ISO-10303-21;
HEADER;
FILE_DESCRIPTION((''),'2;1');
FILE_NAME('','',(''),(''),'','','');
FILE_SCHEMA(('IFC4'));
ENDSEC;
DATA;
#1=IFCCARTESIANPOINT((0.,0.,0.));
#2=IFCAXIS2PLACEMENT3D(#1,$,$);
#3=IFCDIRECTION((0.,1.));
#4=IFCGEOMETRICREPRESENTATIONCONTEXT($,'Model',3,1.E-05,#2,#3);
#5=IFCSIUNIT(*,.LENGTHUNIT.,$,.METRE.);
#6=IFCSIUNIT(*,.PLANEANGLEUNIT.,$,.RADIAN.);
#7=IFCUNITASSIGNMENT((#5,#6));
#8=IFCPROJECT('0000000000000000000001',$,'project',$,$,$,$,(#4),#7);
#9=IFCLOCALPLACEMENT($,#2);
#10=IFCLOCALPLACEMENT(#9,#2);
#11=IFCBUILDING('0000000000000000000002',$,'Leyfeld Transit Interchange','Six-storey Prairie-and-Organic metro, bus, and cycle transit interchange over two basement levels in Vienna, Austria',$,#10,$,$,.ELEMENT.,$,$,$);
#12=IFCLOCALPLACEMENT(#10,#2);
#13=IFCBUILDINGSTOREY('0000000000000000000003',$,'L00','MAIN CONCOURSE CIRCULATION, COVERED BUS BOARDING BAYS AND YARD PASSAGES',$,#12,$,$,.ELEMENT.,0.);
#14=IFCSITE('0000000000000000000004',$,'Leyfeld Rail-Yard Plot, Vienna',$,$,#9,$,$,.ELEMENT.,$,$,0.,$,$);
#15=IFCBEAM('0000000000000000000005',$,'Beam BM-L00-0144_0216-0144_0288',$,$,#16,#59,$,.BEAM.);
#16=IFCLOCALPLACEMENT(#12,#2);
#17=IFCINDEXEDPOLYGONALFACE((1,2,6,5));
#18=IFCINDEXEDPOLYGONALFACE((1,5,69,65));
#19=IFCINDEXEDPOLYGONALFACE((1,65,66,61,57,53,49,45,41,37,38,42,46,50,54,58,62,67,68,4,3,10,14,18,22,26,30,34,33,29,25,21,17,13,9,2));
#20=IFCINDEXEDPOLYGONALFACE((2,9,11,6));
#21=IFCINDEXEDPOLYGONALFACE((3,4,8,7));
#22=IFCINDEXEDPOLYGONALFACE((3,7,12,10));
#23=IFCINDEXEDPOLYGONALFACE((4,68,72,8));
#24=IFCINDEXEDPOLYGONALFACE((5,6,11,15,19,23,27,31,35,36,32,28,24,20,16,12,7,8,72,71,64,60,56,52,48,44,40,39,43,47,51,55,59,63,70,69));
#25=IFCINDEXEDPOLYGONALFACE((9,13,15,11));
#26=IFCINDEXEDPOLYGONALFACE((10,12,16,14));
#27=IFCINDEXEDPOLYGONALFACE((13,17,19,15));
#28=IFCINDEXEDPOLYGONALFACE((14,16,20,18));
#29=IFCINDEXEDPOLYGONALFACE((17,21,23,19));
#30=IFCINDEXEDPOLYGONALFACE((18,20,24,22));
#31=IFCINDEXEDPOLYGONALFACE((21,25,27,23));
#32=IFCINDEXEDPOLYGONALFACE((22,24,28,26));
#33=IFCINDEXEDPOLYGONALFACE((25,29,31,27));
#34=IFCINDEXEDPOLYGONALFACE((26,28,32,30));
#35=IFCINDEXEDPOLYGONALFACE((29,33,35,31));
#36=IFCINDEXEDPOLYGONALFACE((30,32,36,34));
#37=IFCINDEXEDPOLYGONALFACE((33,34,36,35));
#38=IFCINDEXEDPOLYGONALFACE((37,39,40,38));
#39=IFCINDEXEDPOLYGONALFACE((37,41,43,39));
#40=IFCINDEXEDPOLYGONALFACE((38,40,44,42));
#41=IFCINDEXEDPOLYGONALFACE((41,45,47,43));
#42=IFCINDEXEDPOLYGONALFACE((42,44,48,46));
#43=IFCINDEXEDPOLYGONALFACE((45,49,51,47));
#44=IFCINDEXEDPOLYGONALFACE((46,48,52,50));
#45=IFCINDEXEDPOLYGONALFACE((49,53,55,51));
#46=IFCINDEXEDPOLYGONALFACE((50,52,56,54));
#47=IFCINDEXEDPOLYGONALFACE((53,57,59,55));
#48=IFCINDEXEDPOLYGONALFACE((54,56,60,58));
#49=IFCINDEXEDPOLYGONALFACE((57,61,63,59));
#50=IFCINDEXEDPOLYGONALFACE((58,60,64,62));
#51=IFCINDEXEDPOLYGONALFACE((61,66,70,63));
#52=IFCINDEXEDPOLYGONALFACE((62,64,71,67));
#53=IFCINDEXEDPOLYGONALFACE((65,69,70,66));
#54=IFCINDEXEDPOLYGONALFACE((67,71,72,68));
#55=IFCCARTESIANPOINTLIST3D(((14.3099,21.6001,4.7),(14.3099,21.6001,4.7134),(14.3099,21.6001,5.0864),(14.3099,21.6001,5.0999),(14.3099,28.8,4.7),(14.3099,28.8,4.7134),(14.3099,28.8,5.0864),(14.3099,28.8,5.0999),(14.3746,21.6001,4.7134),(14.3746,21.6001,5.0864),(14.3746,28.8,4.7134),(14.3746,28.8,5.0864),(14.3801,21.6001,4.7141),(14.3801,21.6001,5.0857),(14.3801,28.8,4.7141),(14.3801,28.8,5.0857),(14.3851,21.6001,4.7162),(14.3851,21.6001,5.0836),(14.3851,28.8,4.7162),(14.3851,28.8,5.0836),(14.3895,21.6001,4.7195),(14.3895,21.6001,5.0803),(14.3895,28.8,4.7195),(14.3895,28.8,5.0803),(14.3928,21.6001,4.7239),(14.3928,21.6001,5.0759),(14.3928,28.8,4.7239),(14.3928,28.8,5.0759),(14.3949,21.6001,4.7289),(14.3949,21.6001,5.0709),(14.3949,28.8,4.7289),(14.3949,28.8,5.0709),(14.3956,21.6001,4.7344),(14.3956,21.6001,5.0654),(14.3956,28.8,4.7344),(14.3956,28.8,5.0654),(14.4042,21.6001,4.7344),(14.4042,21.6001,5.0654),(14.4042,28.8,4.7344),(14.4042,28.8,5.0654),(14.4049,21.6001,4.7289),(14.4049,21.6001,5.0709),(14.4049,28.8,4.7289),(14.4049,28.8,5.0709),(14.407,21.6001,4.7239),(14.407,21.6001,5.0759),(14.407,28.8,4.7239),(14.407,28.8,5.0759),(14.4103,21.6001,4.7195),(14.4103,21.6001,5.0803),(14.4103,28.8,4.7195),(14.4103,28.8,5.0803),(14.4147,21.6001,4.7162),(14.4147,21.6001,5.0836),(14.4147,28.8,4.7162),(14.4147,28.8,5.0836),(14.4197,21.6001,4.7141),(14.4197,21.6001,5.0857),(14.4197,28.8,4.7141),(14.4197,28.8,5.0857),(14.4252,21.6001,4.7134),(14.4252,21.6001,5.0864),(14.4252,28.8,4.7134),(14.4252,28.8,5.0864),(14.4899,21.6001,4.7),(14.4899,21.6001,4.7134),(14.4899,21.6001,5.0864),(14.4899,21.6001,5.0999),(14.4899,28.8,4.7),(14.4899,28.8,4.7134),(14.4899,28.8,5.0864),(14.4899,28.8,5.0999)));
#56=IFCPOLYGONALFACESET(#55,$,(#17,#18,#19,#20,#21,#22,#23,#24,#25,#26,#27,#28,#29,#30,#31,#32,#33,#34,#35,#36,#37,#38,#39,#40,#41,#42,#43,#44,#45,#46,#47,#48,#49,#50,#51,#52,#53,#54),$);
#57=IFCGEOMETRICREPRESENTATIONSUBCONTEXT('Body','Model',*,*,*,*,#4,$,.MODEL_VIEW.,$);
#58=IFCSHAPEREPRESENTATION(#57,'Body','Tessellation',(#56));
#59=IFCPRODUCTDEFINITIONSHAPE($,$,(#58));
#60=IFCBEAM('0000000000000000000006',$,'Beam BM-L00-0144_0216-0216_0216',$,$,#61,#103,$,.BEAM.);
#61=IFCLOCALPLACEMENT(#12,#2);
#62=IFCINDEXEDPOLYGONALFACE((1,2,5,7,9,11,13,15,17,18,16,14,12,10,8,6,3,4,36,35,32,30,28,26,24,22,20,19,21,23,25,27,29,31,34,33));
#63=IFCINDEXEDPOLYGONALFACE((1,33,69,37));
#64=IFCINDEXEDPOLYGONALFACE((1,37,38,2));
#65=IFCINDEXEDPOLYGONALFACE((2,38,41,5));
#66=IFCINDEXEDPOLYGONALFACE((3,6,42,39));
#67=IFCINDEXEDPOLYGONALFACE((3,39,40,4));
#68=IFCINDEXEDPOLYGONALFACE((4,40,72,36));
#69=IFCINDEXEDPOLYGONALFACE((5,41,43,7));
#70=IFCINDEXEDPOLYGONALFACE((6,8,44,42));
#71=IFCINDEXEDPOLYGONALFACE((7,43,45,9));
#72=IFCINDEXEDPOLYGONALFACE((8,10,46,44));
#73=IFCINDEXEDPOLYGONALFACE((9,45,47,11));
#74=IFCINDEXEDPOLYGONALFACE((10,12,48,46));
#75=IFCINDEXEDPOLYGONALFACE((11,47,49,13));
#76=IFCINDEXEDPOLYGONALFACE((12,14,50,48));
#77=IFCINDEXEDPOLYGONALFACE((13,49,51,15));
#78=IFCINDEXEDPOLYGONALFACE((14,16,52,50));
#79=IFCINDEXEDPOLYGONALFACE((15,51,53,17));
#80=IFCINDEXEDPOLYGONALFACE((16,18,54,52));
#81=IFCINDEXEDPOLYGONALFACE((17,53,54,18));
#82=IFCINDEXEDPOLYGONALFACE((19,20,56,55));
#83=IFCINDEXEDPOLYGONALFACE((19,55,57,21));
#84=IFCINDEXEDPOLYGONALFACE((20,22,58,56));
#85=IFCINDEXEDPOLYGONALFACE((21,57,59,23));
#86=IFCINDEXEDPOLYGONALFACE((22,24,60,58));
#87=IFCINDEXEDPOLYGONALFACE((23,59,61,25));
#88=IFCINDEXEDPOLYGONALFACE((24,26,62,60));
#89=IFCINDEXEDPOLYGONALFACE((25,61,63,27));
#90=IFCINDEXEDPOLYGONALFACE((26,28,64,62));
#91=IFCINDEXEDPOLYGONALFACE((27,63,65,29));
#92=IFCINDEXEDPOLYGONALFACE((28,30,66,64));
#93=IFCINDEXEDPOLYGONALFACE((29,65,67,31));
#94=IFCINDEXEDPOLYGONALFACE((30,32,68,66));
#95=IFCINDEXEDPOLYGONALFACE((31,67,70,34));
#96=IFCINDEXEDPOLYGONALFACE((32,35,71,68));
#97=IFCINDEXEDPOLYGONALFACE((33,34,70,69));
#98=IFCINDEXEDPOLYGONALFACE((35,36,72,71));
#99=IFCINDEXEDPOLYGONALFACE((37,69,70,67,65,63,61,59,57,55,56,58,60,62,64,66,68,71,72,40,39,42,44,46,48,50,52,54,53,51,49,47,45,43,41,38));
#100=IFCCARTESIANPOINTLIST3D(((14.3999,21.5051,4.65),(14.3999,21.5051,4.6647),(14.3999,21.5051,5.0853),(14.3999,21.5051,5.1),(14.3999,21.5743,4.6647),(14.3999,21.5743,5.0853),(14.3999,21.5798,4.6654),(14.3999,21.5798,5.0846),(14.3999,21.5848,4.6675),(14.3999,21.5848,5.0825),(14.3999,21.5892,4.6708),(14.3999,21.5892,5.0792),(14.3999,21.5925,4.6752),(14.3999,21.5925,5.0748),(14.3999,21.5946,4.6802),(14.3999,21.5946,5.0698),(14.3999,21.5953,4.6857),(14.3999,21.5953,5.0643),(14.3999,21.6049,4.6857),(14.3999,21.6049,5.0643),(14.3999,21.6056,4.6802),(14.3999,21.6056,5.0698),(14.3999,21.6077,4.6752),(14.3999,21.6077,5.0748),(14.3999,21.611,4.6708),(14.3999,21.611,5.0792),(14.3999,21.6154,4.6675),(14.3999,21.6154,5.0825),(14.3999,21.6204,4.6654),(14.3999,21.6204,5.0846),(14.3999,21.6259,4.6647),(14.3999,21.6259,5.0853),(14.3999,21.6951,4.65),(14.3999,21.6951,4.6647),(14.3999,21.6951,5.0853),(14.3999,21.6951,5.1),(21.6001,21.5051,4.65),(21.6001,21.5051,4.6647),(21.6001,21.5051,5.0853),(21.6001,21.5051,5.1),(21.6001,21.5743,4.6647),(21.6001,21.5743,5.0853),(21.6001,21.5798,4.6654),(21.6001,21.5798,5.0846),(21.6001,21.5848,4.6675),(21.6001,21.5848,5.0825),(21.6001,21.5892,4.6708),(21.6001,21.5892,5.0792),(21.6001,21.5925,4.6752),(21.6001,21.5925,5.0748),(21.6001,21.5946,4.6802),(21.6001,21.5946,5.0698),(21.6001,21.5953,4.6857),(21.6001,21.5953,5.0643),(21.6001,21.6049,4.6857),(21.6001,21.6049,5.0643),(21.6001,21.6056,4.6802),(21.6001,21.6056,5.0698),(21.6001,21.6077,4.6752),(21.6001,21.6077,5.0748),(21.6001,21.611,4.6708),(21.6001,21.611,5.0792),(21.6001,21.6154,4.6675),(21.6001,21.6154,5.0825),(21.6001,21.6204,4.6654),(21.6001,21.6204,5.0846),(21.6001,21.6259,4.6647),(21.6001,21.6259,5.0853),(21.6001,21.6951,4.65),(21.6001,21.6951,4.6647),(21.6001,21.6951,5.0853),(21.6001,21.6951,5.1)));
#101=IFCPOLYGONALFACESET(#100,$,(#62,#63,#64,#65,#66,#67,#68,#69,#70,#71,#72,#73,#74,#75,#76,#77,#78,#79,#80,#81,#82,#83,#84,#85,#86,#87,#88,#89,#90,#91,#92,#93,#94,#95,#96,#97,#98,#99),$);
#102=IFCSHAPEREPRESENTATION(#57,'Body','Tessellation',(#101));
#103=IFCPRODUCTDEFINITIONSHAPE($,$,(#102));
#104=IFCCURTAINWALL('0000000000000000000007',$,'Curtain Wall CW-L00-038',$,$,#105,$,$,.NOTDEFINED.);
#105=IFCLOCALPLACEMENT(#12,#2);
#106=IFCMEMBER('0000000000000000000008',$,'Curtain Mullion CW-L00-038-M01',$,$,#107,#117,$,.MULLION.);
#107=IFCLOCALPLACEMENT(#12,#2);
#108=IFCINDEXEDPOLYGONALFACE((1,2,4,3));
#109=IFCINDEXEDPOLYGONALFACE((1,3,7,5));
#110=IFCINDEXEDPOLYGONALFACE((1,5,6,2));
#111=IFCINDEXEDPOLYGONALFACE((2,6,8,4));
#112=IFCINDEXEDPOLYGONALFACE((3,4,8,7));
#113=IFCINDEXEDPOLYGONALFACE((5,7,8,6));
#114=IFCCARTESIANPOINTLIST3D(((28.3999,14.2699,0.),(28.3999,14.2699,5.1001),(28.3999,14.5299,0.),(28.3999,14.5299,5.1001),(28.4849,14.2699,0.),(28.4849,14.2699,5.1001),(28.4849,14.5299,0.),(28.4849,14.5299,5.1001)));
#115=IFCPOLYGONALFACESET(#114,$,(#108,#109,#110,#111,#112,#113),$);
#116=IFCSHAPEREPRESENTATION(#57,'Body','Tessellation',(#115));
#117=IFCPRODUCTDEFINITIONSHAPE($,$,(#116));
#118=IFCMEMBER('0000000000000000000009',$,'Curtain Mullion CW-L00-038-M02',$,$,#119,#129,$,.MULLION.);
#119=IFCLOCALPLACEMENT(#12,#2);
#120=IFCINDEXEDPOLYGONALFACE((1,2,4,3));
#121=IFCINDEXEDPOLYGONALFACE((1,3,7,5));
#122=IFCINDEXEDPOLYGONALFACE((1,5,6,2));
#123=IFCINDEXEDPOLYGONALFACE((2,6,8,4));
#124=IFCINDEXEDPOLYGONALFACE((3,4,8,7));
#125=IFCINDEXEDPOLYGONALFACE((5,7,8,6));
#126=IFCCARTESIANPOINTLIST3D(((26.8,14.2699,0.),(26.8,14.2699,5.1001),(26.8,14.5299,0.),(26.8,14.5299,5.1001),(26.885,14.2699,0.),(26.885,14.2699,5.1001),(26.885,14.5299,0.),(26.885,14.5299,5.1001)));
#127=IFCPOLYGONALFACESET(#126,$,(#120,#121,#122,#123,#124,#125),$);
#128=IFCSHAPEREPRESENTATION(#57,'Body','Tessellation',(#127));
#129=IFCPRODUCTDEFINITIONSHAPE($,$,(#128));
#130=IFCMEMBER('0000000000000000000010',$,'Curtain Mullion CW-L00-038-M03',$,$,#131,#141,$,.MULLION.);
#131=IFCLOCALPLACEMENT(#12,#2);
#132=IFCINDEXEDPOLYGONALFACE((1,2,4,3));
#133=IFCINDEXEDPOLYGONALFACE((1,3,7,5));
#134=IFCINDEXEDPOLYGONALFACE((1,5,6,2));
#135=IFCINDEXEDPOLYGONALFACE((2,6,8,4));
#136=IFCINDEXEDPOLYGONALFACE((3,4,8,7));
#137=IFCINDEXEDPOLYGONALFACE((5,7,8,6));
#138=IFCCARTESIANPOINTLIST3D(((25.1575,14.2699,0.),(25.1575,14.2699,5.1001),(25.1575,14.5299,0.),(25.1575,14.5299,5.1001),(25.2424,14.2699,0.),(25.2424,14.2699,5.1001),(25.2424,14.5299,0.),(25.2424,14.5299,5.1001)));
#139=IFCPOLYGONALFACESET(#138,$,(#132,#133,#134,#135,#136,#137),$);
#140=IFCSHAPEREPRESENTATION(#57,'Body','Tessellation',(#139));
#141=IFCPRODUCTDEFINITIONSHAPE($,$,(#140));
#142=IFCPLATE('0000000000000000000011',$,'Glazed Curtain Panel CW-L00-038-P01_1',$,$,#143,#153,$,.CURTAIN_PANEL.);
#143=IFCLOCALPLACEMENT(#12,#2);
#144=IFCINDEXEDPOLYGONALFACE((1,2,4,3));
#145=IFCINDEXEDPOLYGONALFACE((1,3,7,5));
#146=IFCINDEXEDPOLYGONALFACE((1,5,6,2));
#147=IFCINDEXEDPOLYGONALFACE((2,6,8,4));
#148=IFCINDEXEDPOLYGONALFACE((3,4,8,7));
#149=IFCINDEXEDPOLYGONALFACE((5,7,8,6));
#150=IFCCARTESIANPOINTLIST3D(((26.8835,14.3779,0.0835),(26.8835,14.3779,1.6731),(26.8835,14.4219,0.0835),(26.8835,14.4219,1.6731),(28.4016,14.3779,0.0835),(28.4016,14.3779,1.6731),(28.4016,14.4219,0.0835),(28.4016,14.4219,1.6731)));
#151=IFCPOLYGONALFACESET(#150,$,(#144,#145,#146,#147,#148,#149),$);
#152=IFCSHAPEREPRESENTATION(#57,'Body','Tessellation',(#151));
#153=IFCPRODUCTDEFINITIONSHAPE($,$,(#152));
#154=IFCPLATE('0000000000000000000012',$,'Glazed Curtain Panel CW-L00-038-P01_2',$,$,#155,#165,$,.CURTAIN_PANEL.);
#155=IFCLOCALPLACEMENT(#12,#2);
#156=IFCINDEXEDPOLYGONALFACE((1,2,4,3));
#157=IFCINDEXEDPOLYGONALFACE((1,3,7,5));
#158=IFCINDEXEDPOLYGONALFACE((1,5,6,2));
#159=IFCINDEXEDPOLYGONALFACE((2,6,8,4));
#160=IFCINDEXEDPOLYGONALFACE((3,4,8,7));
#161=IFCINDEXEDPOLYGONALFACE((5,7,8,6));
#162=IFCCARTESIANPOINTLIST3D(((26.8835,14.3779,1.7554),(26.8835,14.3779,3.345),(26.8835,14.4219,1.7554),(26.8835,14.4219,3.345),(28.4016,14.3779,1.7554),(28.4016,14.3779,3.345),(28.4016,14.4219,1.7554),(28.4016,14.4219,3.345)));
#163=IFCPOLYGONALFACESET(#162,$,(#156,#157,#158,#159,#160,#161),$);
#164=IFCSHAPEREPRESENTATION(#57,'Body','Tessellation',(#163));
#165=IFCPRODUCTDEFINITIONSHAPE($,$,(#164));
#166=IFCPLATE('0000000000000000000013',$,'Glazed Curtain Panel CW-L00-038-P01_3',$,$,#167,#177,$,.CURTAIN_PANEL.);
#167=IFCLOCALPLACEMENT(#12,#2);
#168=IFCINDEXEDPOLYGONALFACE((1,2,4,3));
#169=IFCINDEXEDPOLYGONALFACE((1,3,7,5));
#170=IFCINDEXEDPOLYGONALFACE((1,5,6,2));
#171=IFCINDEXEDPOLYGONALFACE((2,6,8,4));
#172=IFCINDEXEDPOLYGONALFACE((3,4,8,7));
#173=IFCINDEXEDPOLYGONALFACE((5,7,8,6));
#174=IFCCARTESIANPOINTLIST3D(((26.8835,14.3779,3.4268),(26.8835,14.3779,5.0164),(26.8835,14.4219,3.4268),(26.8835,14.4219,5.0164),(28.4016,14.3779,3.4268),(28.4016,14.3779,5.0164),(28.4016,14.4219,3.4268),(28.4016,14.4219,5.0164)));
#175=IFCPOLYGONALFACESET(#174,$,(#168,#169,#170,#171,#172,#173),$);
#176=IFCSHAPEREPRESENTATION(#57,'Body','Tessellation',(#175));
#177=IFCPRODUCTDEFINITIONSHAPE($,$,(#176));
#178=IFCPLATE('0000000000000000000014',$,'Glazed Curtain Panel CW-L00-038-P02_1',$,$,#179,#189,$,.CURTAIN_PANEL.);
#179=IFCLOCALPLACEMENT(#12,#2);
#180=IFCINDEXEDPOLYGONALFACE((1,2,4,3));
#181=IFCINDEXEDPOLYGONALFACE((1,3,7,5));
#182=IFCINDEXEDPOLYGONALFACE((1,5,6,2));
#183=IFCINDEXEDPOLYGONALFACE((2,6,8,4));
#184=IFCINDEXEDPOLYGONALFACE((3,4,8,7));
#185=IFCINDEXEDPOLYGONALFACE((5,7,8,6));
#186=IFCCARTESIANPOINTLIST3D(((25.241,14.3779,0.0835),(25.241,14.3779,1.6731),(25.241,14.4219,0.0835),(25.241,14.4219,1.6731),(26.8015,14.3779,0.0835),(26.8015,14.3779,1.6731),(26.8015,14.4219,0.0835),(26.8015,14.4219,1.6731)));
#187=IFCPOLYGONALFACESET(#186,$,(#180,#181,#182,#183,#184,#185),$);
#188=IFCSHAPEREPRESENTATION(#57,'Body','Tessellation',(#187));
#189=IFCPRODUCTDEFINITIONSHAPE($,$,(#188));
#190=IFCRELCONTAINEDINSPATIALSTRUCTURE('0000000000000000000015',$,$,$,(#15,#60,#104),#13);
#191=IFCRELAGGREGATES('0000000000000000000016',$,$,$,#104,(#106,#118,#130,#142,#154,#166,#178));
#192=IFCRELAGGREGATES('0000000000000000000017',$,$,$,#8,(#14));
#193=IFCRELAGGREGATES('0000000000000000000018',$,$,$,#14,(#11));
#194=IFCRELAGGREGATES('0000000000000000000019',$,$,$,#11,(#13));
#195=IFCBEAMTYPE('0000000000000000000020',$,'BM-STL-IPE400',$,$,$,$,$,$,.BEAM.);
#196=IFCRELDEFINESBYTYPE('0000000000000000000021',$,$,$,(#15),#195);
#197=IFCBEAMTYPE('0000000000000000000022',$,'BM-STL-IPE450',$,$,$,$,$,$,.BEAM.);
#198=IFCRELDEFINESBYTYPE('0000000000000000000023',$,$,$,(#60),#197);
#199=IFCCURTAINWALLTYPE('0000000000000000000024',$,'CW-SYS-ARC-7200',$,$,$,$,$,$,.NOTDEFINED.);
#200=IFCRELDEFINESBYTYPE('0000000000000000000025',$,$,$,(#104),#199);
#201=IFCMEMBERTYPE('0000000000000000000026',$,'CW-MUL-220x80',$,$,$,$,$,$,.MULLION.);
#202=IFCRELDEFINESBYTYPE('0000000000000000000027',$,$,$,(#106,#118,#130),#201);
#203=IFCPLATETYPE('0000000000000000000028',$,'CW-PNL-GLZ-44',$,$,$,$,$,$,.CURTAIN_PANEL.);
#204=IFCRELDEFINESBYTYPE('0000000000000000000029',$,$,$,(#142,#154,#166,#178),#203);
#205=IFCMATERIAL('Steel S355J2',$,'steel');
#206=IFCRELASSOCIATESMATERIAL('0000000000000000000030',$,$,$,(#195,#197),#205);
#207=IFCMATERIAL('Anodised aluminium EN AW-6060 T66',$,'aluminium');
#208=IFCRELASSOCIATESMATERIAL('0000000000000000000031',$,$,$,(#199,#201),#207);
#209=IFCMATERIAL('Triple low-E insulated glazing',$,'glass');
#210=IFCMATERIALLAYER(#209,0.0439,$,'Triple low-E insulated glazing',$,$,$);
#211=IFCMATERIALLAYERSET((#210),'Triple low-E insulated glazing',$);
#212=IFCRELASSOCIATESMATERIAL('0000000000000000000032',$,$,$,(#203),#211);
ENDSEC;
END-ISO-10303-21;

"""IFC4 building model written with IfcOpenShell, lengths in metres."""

from ifc_helpers import new_model, si_unit, direction, frame, origin, origin_2d, place, context, subcontext, project, spatial, rectangle, i_section, extrude, material, layer, layer_set, material_profile, profile_set, type_object, element, aggregate, save


model = new_model("IFC4")

# Units and contexts
model_context = context("Model", 3, precision=1e-05, world=origin(), true_north=direction((0.0, 1.0)))
body_context = subcontext(model_context, "Body", "Model", "MODEL_VIEW")
ifc_project = project(units=[si_unit("LENGTHUNIT", "METRE"), si_unit("PLANEANGLEUNIT", "RADIAN")], contexts=[model_context])

# Site, building, storey
site_placement = place(None, origin())
site = spatial("IfcSite", under=ifc_project, at=site_placement, Name="Leyfeld Rail-Yard Plot, Vienna", CompositionType="ELEMENT", RefElevation=0.0)
building_placement = place(site_placement, origin())
building = spatial("IfcBuilding", under=site, at=building_placement, Name="Leyfeld Transit Interchange", Description="Six-storey Prairie-and-Organic metro, bus, and cycle transit interchange over two basement levels in Vienna, Austria", CompositionType="ELEMENT")
storey_placement = place(building_placement, origin())
storey = spatial("IfcBuildingStorey", under=building, at=storey_placement, Name="L00", Description="MAIN CONCOURSE CIRCULATION, COVERED BUS BOARDING BAYS AND YARD PASSAGES", CompositionType="ELEMENT", Elevation=0.0)

# Shared definitions
ifc_material_1 = material(Name="Steel S355J2", Category="steel")

# Beams
ifc_material_profile_1 = material_profile(ifc_material_1, i_section(OverallWidth=0.1799, OverallDepth=0.3999, WebThickness=0.0085, FlangeThickness=0.0134, FilletRadius=0.021, at=origin_2d()), Name="IPE 400")
ifc_profile_set_1 = profile_set([ifc_material_profile_1], Name="Steel S355J2")
beam_type_1 = type_object("IfcBeamType", Name="BM-STL-IPE400", PredefinedType="BEAM", material=ifc_profile_set_1)
beam_1_placement = place(storey_placement, frame((14.3999, 21.6001, 4.8999), z_axis=(0.0, 1.0, 0.0), x_axis=(-1.0, 0.0, 0.0)))
element("IfcBeam", 1, at=beam_1_placement, inside=storey, type_object=beam_type_1, Name="Beam BM-L00-0144_0216-0144_0288", PredefinedType="BEAM", context=body_context, shape_type="SweptSolid", body=[
    extrude(i_section(OverallWidth=0.1799, OverallDepth=0.3999, WebThickness=0.0085, FlangeThickness=0.0134, FilletRadius=0.021, at=origin_2d()), origin(), (0.0, 0.0, 1.0), 7.2),
])
ifc_material_profile_2 = material_profile(ifc_material_1, i_section(OverallWidth=0.1899, OverallDepth=0.45, WebThickness=0.0095, FlangeThickness=0.0146, FilletRadius=0.021, at=origin_2d()), Name="IPE 450")
ifc_profile_set_2 = profile_set([ifc_material_profile_2], Name="Steel S355J2")
beam_type_2 = type_object("IfcBeamType", Name="BM-STL-IPE450", PredefinedType="BEAM", material=ifc_profile_set_2)
beam_2_placement = place(storey_placement, frame((14.3999, 21.6001, 4.875), z_axis=(1.0, 0.0, 0.0), x_axis=(0.0, 1.0, 0.0)))
element("IfcBeam", 2, at=beam_2_placement, inside=storey, type_object=beam_type_2, Name="Beam BM-L00-0144_0216-0216_0216", PredefinedType="BEAM", context=body_context, shape_type="SweptSolid", body=[
    extrude(i_section(OverallWidth=0.1899, OverallDepth=0.45, WebThickness=0.0095, FlangeThickness=0.0146, FilletRadius=0.021, at=origin_2d()), origin(), (0.0, 0.0, 1.0), 7.2002),
])

# Curtain wall, members, plates
ifc_material_2 = material(Name="Anodised aluminium EN AW-6060 T66", Category="aluminium")
curtain_wall_type = type_object("IfcCurtainWallType", Name="CW-SYS-ARC-7200", PredefinedType="NOTDEFINED", material=ifc_material_2)
curtain_wall_placement = place(storey_placement, origin())
curtain_wall = element("IfcCurtainWall", 3, at=curtain_wall_placement, inside=storey, type_object=curtain_wall_type, Name="Curtain Wall CW-L00-038", PredefinedType="NOTDEFINED")
ifc_material_profile_3 = material_profile(ifc_material_2, rectangle(XDim=0.085, YDim=0.26, at=origin_2d()), Name="CW-M 85x260")
ifc_profile_set_3 = profile_set([ifc_material_profile_3], Name="Anodised aluminium EN AW-6060 T66")
member_type = type_object("IfcMemberType", Name="CW-MUL-220x80", PredefinedType="MULLION", material=ifc_profile_set_3)
member_1_placement = place(storey_placement, frame((28.4424, 14.3999, 0.0), z_axis=(0.0, 0.0, 1.0), x_axis=(-1.0, 0.0, 0.0)))
member_1 = element("IfcMember", 4, at=member_1_placement, type_object=member_type, Name="Curtain Mullion CW-L00-038-M01", PredefinedType="MULLION", context=body_context, shape_type="SweptSolid", body=[
    extrude(rectangle(XDim=0.085, YDim=0.26, at=origin_2d()), origin(), (0.0, 0.0, 1.0), 5.1001),
])
member_2_placement = place(storey_placement, frame((26.8425, 14.3999, 0.0), z_axis=(0.0, 0.0, 1.0), x_axis=(-1.0, 0.0, 0.0)))
member_2 = element("IfcMember", 5, at=member_2_placement, type_object=member_type, Name="Curtain Mullion CW-L00-038-M02", PredefinedType="MULLION", context=body_context, shape_type="SweptSolid", body=[
    extrude(rectangle(XDim=0.085, YDim=0.26, at=origin_2d()), origin(), (0.0, 0.0, 1.0), 5.1001),
])
member_3_placement = place(storey_placement, frame((25.2, 14.3999, 0.0), z_axis=(0.0, 0.0, 1.0), x_axis=(-1.0, 0.0, 0.0)))
member_3 = element("IfcMember", 6, at=member_3_placement, type_object=member_type, Name="Curtain Mullion CW-L00-038-M03", PredefinedType="MULLION", context=body_context, shape_type="SweptSolid", body=[
    extrude(rectangle(XDim=0.085, YDim=0.26, at=origin_2d()), origin(), (0.0, 0.0, 1.0), 5.1001),
])
ifc_material_3 = material(Name="Triple low-E insulated glazing", Category="glass")
ifc_layer_1 = layer(ifc_material_3, 0.0439, Name="Triple low-E insulated glazing")
ifc_layer_set_1 = layer_set([ifc_layer_1], Name="Triple low-E insulated glazing")
plate_type_1 = type_object("IfcPlateType", Name="CW-PNL-GLZ-44", PredefinedType="CURTAIN_PANEL", material=ifc_layer_set_1)
plate_1_placement = place(storey_placement, frame((27.6426, 14.3999, 0.0835), z_axis=(0.0, 0.0, 1.0), x_axis=(-1.0, 0.0, 0.0)))
plate_1 = element("IfcPlate", 7, at=plate_1_placement, type_object=plate_type_1, Name="Glazed Curtain Panel CW-L00-038-P01_1", PredefinedType="CURTAIN_PANEL", context=body_context, shape_type="SweptSolid", body=[
    extrude(rectangle(XDim=1.5181, YDim=0.0439, at=origin_2d()), origin(), (0.0, 0.0, 1.0), 1.5896),
])
plate_2_placement = place(storey_placement, frame((27.6426, 14.3999, 1.7554), z_axis=(0.0, 0.0, 1.0), x_axis=(-1.0, 0.0, 0.0)))
plate_2 = element("IfcPlate", 8, at=plate_2_placement, type_object=plate_type_1, Name="Glazed Curtain Panel CW-L00-038-P01_2", PredefinedType="CURTAIN_PANEL", context=body_context, shape_type="SweptSolid", body=[
    extrude(rectangle(XDim=1.5181, YDim=0.0439, at=origin_2d()), origin(), (0.0, 0.0, 1.0), 1.5896),
])
plate_3_placement = place(storey_placement, frame((27.6426, 14.3999, 3.4268), z_axis=(0.0, 0.0, 1.0), x_axis=(-1.0, 0.0, 0.0)))
plate_3 = element("IfcPlate", 9, at=plate_3_placement, type_object=plate_type_1, Name="Glazed Curtain Panel CW-L00-038-P01_3", PredefinedType="CURTAIN_PANEL", context=body_context, shape_type="SweptSolid", body=[
    extrude(rectangle(XDim=1.5181, YDim=0.0439, at=origin_2d()), origin(), (0.0, 0.0, 1.0), 1.5896),
])
plate_4_placement = place(storey_placement, frame((26.0212, 14.3999, 0.0835), z_axis=(0.0, 0.0, 1.0), x_axis=(-1.0, 0.0, 0.0)))
plate_4 = element("IfcPlate", 10, at=plate_4_placement, type_object=plate_type_1, Name="Glazed Curtain Panel CW-L00-038-P02_1", PredefinedType="CURTAIN_PANEL", context=body_context, shape_type="SweptSolid", body=[
    extrude(rectangle(XDim=1.5605, YDim=0.0439, at=origin_2d()), origin(), (0.0, 0.0, 1.0), 1.5896),
])
aggregate(curtain_wall, [member_1, member_2, member_3, plate_1, plate_2, plate_3, plate_4])

save(model, "model.ifc")
